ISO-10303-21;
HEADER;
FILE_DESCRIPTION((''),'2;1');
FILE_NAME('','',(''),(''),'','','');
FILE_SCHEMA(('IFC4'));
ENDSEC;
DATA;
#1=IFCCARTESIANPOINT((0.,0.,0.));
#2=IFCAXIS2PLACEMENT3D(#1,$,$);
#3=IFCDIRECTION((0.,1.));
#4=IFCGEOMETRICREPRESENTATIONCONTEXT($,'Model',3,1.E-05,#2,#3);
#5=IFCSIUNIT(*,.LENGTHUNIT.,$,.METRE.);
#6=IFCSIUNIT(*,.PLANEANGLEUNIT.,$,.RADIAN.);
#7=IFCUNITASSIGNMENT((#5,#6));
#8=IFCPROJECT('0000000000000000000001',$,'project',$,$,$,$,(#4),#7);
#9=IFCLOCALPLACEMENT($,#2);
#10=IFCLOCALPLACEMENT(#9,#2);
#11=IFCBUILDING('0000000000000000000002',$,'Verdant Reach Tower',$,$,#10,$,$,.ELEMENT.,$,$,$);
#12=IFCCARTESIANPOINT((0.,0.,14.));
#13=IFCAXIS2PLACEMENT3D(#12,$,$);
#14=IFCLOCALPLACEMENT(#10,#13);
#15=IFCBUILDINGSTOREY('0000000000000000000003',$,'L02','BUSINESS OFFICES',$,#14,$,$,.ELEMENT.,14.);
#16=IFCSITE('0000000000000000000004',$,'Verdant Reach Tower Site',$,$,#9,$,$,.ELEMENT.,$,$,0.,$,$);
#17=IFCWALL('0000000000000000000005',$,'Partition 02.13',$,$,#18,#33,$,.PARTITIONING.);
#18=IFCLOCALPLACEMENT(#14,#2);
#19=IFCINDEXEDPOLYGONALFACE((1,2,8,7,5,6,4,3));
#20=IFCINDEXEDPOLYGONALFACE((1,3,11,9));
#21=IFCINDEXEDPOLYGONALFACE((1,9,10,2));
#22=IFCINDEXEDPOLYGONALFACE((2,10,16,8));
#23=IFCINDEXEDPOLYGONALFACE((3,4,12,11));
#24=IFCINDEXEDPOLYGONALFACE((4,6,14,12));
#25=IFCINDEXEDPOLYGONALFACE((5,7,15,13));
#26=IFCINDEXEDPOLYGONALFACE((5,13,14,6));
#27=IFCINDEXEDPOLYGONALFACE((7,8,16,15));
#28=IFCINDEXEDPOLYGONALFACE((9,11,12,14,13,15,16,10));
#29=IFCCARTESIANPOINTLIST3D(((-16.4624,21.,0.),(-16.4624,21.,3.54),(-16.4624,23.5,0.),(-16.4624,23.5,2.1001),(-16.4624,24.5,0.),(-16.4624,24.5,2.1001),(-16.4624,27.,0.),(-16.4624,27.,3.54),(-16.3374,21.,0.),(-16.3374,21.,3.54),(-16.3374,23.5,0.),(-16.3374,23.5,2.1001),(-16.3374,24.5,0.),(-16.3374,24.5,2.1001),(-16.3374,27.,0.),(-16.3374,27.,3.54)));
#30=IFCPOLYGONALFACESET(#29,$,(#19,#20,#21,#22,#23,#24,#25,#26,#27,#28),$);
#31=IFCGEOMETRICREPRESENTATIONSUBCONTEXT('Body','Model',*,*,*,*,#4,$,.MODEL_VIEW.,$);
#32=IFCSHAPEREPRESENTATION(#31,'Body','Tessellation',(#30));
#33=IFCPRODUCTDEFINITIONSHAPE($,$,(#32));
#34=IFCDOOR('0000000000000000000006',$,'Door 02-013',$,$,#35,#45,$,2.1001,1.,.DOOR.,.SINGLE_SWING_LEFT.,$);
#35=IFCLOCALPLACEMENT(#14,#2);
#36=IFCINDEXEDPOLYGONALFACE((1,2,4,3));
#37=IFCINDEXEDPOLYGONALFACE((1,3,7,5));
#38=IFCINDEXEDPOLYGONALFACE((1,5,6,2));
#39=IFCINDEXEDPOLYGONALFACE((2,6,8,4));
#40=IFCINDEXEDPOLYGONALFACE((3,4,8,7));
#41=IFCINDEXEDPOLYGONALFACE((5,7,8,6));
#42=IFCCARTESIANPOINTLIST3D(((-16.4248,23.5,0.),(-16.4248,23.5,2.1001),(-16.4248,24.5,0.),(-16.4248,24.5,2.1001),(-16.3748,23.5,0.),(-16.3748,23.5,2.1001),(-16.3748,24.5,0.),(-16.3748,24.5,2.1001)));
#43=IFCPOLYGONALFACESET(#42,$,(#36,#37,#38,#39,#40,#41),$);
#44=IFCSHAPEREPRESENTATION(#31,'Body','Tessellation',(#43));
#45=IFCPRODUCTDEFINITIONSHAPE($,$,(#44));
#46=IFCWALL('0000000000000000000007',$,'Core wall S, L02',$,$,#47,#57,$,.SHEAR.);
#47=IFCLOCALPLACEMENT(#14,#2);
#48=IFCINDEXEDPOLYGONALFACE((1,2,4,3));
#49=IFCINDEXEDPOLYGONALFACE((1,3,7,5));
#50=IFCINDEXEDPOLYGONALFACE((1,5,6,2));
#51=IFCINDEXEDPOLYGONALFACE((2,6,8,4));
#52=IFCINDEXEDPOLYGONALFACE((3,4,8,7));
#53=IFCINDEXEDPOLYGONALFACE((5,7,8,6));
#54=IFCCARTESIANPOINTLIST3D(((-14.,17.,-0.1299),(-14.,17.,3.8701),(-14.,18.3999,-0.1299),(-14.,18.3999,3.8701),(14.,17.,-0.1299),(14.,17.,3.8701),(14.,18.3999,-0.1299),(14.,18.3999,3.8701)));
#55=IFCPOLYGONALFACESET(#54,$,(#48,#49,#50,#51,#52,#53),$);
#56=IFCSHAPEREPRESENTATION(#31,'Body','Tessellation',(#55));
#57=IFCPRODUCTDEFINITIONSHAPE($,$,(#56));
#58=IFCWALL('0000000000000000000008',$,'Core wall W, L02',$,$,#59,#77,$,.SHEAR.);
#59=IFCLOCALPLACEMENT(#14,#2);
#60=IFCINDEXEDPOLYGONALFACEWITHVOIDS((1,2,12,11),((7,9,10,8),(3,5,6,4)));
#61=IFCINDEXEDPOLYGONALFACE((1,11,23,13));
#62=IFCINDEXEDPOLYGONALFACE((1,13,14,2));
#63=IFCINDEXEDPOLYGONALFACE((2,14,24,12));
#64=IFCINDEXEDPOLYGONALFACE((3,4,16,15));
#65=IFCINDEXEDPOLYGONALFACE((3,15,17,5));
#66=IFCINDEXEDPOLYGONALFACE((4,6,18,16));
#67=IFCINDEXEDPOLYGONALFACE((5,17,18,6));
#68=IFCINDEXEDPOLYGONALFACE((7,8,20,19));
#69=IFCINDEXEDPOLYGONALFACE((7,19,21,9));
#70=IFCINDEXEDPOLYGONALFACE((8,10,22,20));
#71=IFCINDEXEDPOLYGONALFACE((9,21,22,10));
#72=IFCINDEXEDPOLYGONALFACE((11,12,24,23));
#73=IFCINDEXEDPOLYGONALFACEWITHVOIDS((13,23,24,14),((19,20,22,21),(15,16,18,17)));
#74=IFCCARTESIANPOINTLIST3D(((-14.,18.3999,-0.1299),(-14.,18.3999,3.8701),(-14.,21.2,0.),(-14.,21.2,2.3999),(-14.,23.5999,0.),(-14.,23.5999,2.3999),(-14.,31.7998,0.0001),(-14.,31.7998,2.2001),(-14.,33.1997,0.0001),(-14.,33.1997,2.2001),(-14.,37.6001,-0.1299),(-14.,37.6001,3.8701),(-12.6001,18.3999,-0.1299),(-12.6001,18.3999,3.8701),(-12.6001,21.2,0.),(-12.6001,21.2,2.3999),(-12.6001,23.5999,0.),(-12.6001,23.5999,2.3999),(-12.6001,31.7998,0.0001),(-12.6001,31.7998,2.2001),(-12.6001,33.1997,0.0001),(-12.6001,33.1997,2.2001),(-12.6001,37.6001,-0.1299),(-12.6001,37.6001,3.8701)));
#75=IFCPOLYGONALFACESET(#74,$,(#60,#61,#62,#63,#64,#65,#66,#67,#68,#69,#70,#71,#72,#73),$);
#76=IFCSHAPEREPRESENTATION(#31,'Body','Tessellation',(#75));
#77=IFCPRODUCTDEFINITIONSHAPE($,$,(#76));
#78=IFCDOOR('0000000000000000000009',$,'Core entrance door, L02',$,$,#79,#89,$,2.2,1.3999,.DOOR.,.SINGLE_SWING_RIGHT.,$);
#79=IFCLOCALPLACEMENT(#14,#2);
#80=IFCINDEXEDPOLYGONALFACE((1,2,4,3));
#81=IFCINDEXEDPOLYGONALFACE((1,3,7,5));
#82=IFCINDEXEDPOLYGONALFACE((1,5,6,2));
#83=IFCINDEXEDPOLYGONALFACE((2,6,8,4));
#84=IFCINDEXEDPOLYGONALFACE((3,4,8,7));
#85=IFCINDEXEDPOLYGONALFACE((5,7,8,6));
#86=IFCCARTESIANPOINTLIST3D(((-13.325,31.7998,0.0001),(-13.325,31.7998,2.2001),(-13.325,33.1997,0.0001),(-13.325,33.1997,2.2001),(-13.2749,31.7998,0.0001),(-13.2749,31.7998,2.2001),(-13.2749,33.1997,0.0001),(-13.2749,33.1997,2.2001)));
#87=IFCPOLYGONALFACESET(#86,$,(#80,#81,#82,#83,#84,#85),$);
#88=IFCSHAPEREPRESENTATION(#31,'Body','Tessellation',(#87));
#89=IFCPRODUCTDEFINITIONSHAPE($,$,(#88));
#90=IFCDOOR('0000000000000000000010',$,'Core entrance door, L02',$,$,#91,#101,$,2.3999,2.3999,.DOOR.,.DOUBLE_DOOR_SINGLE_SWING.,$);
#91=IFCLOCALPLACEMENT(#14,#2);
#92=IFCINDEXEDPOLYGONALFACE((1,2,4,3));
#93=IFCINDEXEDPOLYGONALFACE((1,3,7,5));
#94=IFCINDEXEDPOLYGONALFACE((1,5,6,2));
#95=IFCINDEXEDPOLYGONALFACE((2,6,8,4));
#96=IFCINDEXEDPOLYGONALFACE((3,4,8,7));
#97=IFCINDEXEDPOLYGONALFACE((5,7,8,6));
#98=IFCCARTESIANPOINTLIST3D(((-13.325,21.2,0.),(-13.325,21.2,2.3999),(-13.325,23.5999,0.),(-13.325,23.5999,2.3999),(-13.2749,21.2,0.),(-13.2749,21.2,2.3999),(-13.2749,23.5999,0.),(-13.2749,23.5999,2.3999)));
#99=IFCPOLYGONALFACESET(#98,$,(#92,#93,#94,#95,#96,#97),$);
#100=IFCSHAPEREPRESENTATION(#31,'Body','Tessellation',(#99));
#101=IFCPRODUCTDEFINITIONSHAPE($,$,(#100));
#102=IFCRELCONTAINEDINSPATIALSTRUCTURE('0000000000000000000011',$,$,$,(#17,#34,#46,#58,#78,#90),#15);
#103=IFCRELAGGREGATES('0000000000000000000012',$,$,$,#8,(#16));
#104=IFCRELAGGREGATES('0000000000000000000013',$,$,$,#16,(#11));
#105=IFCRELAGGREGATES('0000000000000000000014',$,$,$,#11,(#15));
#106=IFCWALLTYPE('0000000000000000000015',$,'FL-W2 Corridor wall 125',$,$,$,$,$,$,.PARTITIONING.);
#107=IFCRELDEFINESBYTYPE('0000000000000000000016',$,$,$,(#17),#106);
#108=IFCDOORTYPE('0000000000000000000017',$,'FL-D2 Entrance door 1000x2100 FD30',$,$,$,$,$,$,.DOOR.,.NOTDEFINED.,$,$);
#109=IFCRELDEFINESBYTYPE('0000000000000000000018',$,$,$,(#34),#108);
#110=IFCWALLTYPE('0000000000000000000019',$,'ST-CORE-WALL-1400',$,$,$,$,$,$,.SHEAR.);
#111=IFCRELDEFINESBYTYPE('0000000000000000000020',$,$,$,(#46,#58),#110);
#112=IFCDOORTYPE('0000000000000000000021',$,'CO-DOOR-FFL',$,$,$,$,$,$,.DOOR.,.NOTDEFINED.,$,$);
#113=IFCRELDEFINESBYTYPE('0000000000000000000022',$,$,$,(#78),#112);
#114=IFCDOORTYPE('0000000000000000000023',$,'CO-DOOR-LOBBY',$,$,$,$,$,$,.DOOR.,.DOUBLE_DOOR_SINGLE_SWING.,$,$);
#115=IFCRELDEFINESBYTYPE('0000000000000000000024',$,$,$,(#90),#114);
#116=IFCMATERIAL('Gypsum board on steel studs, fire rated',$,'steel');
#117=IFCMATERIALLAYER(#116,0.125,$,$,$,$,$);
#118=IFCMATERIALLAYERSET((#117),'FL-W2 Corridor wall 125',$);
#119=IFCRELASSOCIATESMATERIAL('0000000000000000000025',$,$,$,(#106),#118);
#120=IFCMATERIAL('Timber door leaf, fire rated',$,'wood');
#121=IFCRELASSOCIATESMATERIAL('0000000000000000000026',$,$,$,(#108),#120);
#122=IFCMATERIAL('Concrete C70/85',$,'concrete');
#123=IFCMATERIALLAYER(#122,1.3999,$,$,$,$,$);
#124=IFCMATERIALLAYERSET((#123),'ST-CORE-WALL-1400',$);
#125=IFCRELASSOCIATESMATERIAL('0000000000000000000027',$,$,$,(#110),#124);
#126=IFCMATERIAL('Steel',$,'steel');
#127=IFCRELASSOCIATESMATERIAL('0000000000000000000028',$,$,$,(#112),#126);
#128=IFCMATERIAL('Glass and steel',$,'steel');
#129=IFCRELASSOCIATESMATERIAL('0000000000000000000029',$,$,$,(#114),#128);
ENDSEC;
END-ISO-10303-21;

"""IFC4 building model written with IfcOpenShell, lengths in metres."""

from ifc_helpers import new_model, si_unit, direction, frame, frame_2d, origin, place, context, subcontext, project, spatial, rectangle, extrude, material, layer, layer_set, type_object, element, fill, save


model = new_model("IFC4")

# Units and contexts
model_context = context("Model", 3, precision=1e-05, world=origin(), true_north=direction((0.0, 1.0)))
body_context = subcontext(model_context, "Body", "Model", "MODEL_VIEW")
ifc_project = project(units=[si_unit("LENGTHUNIT", "METRE"), si_unit("PLANEANGLEUNIT", "RADIAN")], contexts=[model_context])

# Site, building, storey
site_placement = place(None, origin())
site = spatial("IfcSite", under=ifc_project, at=site_placement, Name="Verdant Reach Tower Site", CompositionType="ELEMENT", RefElevation=0.0)
building_placement = place(site_placement, origin())
building = spatial("IfcBuilding", under=site, at=building_placement, Name="Verdant Reach Tower", CompositionType="ELEMENT")
storey_placement = place(building_placement, frame((0.0, 0.0, 14.0)))
storey = spatial("IfcBuildingStorey", under=building, at=storey_placement, Name="L02", Description="BUSINESS OFFICES", CompositionType="ELEMENT", Elevation=14.0)

# Wall, opening, door
ifc_material_1 = material(Name="Gypsum board on steel studs, fire rated", Category="steel")
ifc_layer_1 = layer(ifc_material_1, 0.125)
ifc_layer_set_1 = layer_set([ifc_layer_1], Name="FL-W2 Corridor wall 125")
wall_type_1 = type_object("IfcWallType", Name="FL-W2 Corridor wall 125", PredefinedType="PARTITIONING", material=ifc_layer_set_1)
wall_1_placement = place(storey_placement, frame((-16.3999, 21.0, 0.0), z_axis=(0.0, 0.0, 1.0), x_axis=(0.0, 1.0, 0.0)))
wall_1 = element("IfcWall", 1, at=wall_1_placement, inside=storey, type_object=wall_type_1, Name="Partition 02.13", PredefinedType="PARTITIONING", context=body_context, shape_type="SweptSolid", body=[
    extrude(rectangle(XDim=6.0, YDim=0.125, at=frame_2d((3.0, 0.0))), origin(), (0.0, 0.0, 1.0), 3.54),
])
opening_1_placement = place(wall_1_placement, frame((2.5, 0.0, 0.0)))
opening_1 = element("IfcOpeningElement", 2, at=opening_1_placement, cuts=wall_1, PredefinedType="OPENING", context=body_context, shape_type="SweptSolid", body=[
    extrude(rectangle(XDim=1.0, YDim=2.1001, at=frame_2d((0.5, 1.05))), frame((0.0, 0.0725, 0.0), z_axis=(0.0, -1.0, 0.0), x_axis=(1.0, 0.0, 0.0)), (0.0, 0.0, 1.0), 0.145),
])
ifc_material_2 = material(Name="Timber door leaf, fire rated", Category="wood")
door_type_1 = type_object("IfcDoorType", Name="FL-D2 Entrance door 1000x2100 FD30", OperationType="NOTDEFINED", PredefinedType="DOOR", material=ifc_material_2)
door_1_placement = place(opening_1_placement, origin())
door_1 = element("IfcDoor", 3, at=door_1_placement, inside=storey, type_object=door_type_1, Name="Door 02-013", OperationType="SINGLE_SWING_LEFT", OverallHeight=2.1001, OverallWidth=1.0, PredefinedType="DOOR", context=body_context, shape_type="SweptSolid", body=[
    extrude(rectangle(XDim=1.0, YDim=2.1001, at=frame_2d((0.5, 1.05))), frame((0.0, 0.0249, 0.0), z_axis=(0.0, -1.0, 0.0), x_axis=(1.0, 0.0, 0.0)), (0.0, 0.0, 1.0), 0.05),
])
fill(opening_1, door_1)

# Wall
ifc_material_3 = material(Name="Concrete C70/85", Category="concrete")
ifc_layer_2 = layer(ifc_material_3, 1.3999)
ifc_layer_set_2 = layer_set([ifc_layer_2], Name="ST-CORE-WALL-1400")
wall_type_2 = type_object("IfcWallType", Name="ST-CORE-WALL-1400", PredefinedType="SHEAR", material=ifc_layer_set_2)
wall_2_placement = place(storey_placement, frame((-14.0, 17.7, -0.1299), z_axis=(0.0, 0.0, 1.0), x_axis=(1.0, 0.0, 0.0)))
element("IfcWall", 4, at=wall_2_placement, inside=storey, type_object=wall_type_2, Name="Core wall S, L02", PredefinedType="SHEAR", context=body_context, shape_type="SweptSolid", body=[
    extrude(rectangle(XDim=28.0, YDim=1.3999, at=frame_2d((14.0, 0.0))), origin(), (0.0, 0.0, 1.0), 4.0),
])

# Wall, openings, doors
wall_3_placement = place(storey_placement, frame((-13.3, 18.3999, -0.1299), z_axis=(0.0, 0.0, 1.0), x_axis=(0.0, 1.0, 0.0)))
wall_3 = element("IfcWall", 5, at=wall_3_placement, inside=storey, type_object=wall_type_2, Name="Core wall W, L02", PredefinedType="SHEAR", context=body_context, shape_type="SweptSolid", body=[
    extrude(rectangle(XDim=19.2002, YDim=1.3999, at=frame_2d((9.6001, 0.0))), origin(), (0.0, 0.0, 1.0), 4.0),
])
opening_2_placement = place(wall_3_placement, frame((2.8, 0.0, 0.1299)))
opening_2 = element("IfcOpeningElement", 6, at=opening_2_placement, cuts=wall_3, PredefinedType="OPENING", context=body_context, shape_type="SweptSolid", body=[
    extrude(rectangle(XDim=2.3999, YDim=2.3999, at=frame_2d((1.2, 1.2))), frame((0.0, 0.71, 0.0), z_axis=(0.0, -1.0, 0.0), x_axis=(1.0, 0.0, 0.0)), (0.0, 0.0, 1.0), 1.4199),
])
opening_3_placement = place(wall_3_placement, frame((13.3999, 0.0, 0.1299)))
opening_3 = element("IfcOpeningElement", 7, at=opening_3_placement, cuts=wall_3, PredefinedType="OPENING", context=body_context, shape_type="SweptSolid", body=[
    extrude(rectangle(XDim=1.3999, YDim=2.2, at=frame_2d((0.7, 1.1001))), frame((0.0, 0.71, 0.0), z_axis=(0.0, -1.0, 0.0), x_axis=(1.0, 0.0, 0.0)), (0.0, 0.0, 1.0), 1.4199),
])
ifc_material_4 = material(Name="Steel", Category="steel")
door_type_2 = type_object("IfcDoorType", Name="CO-DOOR-FFL", OperationType="NOTDEFINED", PredefinedType="DOOR", material=ifc_material_4)
door_2_placement = place(opening_3_placement, origin())
door_2 = element("IfcDoor", 8, at=door_2_placement, inside=storey, type_object=door_type_2, Name="Core entrance door, L02", OperationType="SINGLE_SWING_RIGHT", OverallHeight=2.2, OverallWidth=1.3999, PredefinedType="DOOR", context=body_context, shape_type="SweptSolid", body=[
    extrude(rectangle(XDim=1.3999, YDim=2.2, at=frame_2d((0.7, 1.1001))), frame((0.0, 0.0249, 0.0), z_axis=(0.0, -1.0, 0.0), x_axis=(1.0, 0.0, 0.0)), (0.0, 0.0, 1.0), 0.05),
])
fill(opening_3, door_2)
ifc_material_5 = material(Name="Glass and steel", Category="steel")
door_type_3 = type_object("IfcDoorType", Name="CO-DOOR-LOBBY", OperationType="DOUBLE_DOOR_SINGLE_SWING", PredefinedType="DOOR", material=ifc_material_5)
door_3_placement = place(opening_2_placement, origin())
door_3 = element("IfcDoor", 9, at=door_3_placement, inside=storey, type_object=door_type_3, Name="Core entrance door, L02", OperationType="DOUBLE_DOOR_SINGLE_SWING", OverallHeight=2.3999, OverallWidth=2.3999, PredefinedType="DOOR", context=body_context, shape_type="SweptSolid", body=[
    extrude(rectangle(XDim=2.3999, YDim=2.3999, at=frame_2d((1.2, 1.2))), frame((0.0, 0.0249, 0.0), z_axis=(0.0, -1.0, 0.0), x_axis=(1.0, 0.0, 0.0)), (0.0, 0.0, 1.0), 0.05),
])
fill(opening_2, door_3)

save(model, "model.ifc")
